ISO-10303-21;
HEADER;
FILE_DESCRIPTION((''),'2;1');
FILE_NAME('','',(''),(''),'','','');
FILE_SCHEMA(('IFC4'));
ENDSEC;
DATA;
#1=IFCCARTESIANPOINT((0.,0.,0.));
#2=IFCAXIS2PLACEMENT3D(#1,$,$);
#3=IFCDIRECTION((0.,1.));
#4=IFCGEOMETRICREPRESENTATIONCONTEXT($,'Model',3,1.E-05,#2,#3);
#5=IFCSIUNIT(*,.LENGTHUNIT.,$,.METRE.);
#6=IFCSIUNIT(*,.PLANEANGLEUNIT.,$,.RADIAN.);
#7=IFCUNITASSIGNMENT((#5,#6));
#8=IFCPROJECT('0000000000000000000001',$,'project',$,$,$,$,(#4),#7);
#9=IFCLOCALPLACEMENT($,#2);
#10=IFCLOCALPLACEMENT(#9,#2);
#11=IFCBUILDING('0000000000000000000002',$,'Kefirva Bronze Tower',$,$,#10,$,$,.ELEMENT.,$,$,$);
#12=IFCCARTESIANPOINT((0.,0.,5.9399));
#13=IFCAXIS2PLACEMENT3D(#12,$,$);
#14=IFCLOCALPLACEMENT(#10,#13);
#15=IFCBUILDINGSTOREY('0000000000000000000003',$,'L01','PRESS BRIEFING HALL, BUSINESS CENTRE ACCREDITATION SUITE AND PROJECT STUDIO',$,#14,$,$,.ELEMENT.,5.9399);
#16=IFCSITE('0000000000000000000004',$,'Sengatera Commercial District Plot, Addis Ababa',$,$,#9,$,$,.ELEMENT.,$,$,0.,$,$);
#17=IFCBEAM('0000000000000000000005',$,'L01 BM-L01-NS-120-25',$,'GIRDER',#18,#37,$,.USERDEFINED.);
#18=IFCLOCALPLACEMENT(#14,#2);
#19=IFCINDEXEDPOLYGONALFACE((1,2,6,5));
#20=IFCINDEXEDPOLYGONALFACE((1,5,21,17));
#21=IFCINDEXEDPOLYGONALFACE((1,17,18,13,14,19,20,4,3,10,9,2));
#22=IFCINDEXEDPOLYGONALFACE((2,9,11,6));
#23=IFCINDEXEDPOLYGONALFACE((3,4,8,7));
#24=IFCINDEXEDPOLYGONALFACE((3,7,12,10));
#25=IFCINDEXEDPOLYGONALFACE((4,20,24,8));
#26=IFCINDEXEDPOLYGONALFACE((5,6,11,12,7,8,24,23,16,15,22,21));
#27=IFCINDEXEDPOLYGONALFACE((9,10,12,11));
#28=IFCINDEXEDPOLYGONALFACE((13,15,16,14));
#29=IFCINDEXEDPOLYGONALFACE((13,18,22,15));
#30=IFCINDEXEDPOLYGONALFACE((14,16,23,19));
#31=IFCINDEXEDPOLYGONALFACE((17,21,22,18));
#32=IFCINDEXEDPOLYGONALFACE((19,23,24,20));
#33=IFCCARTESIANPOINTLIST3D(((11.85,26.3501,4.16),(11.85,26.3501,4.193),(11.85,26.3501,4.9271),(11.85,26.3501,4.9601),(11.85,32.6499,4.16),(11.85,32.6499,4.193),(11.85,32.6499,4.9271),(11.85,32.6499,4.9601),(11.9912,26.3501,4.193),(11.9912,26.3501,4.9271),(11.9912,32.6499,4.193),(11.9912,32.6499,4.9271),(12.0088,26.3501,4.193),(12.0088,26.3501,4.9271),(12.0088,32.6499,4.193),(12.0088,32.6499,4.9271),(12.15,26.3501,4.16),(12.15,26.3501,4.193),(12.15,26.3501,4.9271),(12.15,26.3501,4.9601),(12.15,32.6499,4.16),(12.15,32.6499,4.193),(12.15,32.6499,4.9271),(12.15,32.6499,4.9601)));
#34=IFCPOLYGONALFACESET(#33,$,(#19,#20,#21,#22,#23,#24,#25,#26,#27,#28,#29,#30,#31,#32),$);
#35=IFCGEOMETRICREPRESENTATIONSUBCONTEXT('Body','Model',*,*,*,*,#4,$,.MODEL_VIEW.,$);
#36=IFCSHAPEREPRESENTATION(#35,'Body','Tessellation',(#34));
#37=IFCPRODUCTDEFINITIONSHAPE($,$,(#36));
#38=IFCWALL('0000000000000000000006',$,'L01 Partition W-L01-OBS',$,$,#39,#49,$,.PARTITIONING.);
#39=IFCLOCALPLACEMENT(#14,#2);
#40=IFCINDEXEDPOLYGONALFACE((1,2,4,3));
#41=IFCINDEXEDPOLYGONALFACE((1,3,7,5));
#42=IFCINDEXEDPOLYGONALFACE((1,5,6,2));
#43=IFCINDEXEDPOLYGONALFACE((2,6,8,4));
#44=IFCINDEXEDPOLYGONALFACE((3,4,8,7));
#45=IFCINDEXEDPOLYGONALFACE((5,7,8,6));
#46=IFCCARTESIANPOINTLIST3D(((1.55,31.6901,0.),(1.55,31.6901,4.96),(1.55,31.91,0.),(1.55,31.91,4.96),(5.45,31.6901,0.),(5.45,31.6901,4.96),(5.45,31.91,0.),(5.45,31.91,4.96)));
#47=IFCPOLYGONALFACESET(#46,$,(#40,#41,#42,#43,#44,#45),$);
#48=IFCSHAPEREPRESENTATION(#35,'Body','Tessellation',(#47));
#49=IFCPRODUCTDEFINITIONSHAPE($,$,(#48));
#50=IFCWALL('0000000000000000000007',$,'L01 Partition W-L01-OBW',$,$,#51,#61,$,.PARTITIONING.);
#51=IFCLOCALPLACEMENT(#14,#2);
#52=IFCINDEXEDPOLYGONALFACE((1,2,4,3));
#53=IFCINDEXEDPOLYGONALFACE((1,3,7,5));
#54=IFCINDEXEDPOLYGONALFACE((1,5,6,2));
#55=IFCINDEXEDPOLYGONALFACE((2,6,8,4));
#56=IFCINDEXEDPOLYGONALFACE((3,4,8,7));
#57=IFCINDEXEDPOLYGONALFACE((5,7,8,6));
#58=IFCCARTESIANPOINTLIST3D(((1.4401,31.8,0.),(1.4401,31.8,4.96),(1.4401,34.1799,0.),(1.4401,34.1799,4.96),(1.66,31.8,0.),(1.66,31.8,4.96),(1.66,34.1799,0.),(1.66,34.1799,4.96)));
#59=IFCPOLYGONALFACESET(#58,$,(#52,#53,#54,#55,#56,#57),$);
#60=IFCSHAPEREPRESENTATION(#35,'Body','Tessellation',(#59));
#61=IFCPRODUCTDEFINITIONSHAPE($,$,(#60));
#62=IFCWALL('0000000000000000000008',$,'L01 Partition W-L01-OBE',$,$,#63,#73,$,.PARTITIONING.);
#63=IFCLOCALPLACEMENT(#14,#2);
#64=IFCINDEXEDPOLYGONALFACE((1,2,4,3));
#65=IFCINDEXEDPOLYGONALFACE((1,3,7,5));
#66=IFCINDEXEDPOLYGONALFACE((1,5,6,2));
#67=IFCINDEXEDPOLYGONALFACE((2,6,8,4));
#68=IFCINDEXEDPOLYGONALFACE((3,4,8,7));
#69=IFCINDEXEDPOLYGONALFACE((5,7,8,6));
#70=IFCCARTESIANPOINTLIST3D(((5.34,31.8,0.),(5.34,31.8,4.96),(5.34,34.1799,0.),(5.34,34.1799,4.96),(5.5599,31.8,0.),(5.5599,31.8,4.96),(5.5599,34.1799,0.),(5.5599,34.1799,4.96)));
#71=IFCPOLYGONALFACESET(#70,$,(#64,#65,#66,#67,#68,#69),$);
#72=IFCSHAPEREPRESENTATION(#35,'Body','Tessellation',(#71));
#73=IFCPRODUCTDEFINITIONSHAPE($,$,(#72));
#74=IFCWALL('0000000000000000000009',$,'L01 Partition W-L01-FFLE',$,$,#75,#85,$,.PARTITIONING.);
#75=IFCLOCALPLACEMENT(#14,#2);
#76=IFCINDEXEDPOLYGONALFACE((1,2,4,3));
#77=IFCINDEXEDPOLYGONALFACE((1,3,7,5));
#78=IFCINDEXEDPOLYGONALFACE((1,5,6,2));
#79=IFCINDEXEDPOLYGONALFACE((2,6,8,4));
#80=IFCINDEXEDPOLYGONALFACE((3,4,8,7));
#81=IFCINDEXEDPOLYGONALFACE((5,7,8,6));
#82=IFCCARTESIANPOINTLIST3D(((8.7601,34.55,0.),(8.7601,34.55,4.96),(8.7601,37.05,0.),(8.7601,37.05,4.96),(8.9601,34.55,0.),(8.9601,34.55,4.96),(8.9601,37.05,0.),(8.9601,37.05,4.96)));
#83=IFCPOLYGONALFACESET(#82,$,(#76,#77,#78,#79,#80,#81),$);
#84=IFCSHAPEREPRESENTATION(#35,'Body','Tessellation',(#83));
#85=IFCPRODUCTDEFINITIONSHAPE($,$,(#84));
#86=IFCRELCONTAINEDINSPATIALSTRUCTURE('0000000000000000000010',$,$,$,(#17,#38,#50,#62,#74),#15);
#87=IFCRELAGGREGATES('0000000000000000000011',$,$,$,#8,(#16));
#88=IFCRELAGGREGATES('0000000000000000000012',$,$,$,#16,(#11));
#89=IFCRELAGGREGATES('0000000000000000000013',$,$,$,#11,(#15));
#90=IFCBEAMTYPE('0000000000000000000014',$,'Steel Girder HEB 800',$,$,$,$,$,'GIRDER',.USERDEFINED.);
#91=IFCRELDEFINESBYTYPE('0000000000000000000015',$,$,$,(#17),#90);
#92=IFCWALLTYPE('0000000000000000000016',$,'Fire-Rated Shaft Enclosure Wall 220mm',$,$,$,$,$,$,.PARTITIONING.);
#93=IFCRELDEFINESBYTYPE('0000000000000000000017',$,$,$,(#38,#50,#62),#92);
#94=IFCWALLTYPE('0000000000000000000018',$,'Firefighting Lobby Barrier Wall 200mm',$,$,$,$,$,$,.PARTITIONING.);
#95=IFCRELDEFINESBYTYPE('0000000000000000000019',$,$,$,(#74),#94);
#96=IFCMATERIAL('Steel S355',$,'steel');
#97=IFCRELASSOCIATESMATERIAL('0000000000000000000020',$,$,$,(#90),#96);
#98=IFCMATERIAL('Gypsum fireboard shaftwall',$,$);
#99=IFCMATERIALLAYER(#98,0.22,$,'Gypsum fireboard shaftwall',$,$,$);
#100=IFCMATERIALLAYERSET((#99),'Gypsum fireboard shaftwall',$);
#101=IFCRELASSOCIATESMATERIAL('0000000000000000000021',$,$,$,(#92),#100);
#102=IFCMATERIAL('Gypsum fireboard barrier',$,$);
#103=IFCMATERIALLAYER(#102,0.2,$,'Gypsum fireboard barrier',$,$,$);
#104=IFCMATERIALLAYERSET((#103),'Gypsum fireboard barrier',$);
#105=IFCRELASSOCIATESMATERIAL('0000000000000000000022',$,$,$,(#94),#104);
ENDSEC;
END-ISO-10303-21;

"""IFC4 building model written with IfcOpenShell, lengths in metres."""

from ifc_helpers import new_model, si_unit, direction, frame, frame_2d, origin, origin_2d, place, context, subcontext, project, spatial, rectangle, i_section, extrude, material, layer, layer_set, material_profile, profile_set, type_object, element, save


model = new_model("IFC4")

# Units and contexts
model_context = context("Model", 3, precision=1e-05, world=origin(), true_north=direction((0.0, 1.0)))
body_context = subcontext(model_context, "Body", "Model", "MODEL_VIEW")
ifc_project = project(units=[si_unit("LENGTHUNIT", "METRE"), si_unit("PLANEANGLEUNIT", "RADIAN")], contexts=[model_context])

# Site, building, storey
site_placement = place(None, origin())
site = spatial("IfcSite", under=ifc_project, at=site_placement, Name="Sengatera Commercial District Plot, Addis Ababa", CompositionType="ELEMENT", RefElevation=0.0)
building_placement = place(site_placement, origin())
building = spatial("IfcBuilding", under=site, at=building_placement, Name="Kefirva Bronze Tower", CompositionType="ELEMENT")
storey_placement = place(building_placement, frame((0.0, 0.0, 5.9399)))
storey = spatial("IfcBuildingStorey", under=building, at=storey_placement, Name="L01", Description="PRESS BRIEFING HALL, BUSINESS CENTRE ACCREDITATION SUITE AND PROJECT STUDIO", CompositionType="ELEMENT", Elevation=5.9399)

# Beam
ifc_material_1 = material(Name="Steel S355", Category="steel")
ifc_material_profile_1 = material_profile(ifc_material_1, i_section(OverallWidth=0.3, OverallDepth=0.8, WebThickness=0.0176, FlangeThickness=0.033, at=origin_2d()), Name="HEB 800")
ifc_profile_set_1 = profile_set([ifc_material_profile_1], Name="Steel S355")
beam_type_1 = type_object("IfcBeamType", Name="Steel Girder HEB 800", ElementType="GIRDER", PredefinedType="USERDEFINED", material=ifc_profile_set_1)
beam_1_placement = place(storey_placement, frame((12.0, 26.3501, 4.5601), z_axis=(0.0, 1.0, 0.0), x_axis=(-1.0, 0.0, 0.0)))
element("IfcBeam", 1, at=beam_1_placement, inside=storey, type_object=beam_type_1, Name="L01 BM-L01-NS-120-25", ObjectType="GIRDER", PredefinedType="USERDEFINED", context=body_context, shape_type="SweptSolid", body=[
    extrude(i_section(OverallWidth=0.3, OverallDepth=0.8, WebThickness=0.0176, FlangeThickness=0.033, at=origin_2d()), origin(), (0.0, 0.0, 1.0), 6.2998),
])

# Walls
ifc_material_2 = material(Name="Gypsum fireboard shaftwall")
ifc_layer_1 = layer(ifc_material_2, 0.22, Name="Gypsum fireboard shaftwall")
ifc_layer_set_1 = layer_set([ifc_layer_1], Name="Gypsum fireboard shaftwall")
wall_type_1 = type_object("IfcWallType", Name="Fire-Rated Shaft Enclosure Wall 220mm", PredefinedType="PARTITIONING", material=ifc_layer_set_1)
wall_1_placement = place(storey_placement, frame((1.55, 31.8, 0.0), z_axis=(0.0, 0.0, 1.0), x_axis=(1.0, 0.0, 0.0)))
element("IfcWall", 2, at=wall_1_placement, inside=storey, type_object=wall_type_1, Name="L01 Partition W-L01-OBS", PredefinedType="PARTITIONING", context=body_context, shape_type="SweptSolid", body=[
    extrude(rectangle(XDim=3.8999, YDim=0.22, at=frame_2d((1.95, 0.0))), origin(), (0.0, 0.0, 1.0), 4.96),
])
for number, where, z_axis, x_axis, name in (
    (3, (1.55, 31.8, 0.0), (0.0, 0.0, 1.0), (0.0, 1.0, 0.0), "L01 Partition W-L01-OBW"),
    (4, (5.45, 31.8, 0.0), (0.0, 0.0, 1.0), (0.0, 1.0, 0.0), "L01 Partition W-L01-OBE"),
):
    element("IfcWall", number, at=place(storey_placement, frame(where, z_axis=z_axis, x_axis=x_axis)), inside=storey, type_object=wall_type_1, Name=name, PredefinedType="PARTITIONING", context=body_context, shape_type="SweptSolid", body=[
        extrude(rectangle(XDim=2.3799, YDim=0.22, at=frame_2d((1.1899, 0.0))), origin(), (0.0, 0.0, 1.0), 4.96),
    ])
ifc_material_3 = material(Name="Gypsum fireboard barrier")
ifc_layer_2 = layer(ifc_material_3, 0.2, Name="Gypsum fireboard barrier")
ifc_layer_set_2 = layer_set([ifc_layer_2], Name="Gypsum fireboard barrier")
wall_type_2 = type_object("IfcWallType", Name="Firefighting Lobby Barrier Wall 200mm", PredefinedType="PARTITIONING", material=ifc_layer_set_2)
wall_2_placement = place(storey_placement, frame((8.8601, 34.55, 0.0), z_axis=(0.0, 0.0, 1.0), x_axis=(0.0, 1.0, 0.0)))
element("IfcWall", 5, at=wall_2_placement, inside=storey, type_object=wall_type_2, Name="L01 Partition W-L01-FFLE", PredefinedType="PARTITIONING", context=body_context, shape_type="SweptSolid", body=[
    extrude(rectangle(XDim=2.5, YDim=0.2, at=frame_2d((1.25, 0.0))), origin(), (0.0, 0.0, 1.0), 4.96),
])

save(model, "model.ifc")
